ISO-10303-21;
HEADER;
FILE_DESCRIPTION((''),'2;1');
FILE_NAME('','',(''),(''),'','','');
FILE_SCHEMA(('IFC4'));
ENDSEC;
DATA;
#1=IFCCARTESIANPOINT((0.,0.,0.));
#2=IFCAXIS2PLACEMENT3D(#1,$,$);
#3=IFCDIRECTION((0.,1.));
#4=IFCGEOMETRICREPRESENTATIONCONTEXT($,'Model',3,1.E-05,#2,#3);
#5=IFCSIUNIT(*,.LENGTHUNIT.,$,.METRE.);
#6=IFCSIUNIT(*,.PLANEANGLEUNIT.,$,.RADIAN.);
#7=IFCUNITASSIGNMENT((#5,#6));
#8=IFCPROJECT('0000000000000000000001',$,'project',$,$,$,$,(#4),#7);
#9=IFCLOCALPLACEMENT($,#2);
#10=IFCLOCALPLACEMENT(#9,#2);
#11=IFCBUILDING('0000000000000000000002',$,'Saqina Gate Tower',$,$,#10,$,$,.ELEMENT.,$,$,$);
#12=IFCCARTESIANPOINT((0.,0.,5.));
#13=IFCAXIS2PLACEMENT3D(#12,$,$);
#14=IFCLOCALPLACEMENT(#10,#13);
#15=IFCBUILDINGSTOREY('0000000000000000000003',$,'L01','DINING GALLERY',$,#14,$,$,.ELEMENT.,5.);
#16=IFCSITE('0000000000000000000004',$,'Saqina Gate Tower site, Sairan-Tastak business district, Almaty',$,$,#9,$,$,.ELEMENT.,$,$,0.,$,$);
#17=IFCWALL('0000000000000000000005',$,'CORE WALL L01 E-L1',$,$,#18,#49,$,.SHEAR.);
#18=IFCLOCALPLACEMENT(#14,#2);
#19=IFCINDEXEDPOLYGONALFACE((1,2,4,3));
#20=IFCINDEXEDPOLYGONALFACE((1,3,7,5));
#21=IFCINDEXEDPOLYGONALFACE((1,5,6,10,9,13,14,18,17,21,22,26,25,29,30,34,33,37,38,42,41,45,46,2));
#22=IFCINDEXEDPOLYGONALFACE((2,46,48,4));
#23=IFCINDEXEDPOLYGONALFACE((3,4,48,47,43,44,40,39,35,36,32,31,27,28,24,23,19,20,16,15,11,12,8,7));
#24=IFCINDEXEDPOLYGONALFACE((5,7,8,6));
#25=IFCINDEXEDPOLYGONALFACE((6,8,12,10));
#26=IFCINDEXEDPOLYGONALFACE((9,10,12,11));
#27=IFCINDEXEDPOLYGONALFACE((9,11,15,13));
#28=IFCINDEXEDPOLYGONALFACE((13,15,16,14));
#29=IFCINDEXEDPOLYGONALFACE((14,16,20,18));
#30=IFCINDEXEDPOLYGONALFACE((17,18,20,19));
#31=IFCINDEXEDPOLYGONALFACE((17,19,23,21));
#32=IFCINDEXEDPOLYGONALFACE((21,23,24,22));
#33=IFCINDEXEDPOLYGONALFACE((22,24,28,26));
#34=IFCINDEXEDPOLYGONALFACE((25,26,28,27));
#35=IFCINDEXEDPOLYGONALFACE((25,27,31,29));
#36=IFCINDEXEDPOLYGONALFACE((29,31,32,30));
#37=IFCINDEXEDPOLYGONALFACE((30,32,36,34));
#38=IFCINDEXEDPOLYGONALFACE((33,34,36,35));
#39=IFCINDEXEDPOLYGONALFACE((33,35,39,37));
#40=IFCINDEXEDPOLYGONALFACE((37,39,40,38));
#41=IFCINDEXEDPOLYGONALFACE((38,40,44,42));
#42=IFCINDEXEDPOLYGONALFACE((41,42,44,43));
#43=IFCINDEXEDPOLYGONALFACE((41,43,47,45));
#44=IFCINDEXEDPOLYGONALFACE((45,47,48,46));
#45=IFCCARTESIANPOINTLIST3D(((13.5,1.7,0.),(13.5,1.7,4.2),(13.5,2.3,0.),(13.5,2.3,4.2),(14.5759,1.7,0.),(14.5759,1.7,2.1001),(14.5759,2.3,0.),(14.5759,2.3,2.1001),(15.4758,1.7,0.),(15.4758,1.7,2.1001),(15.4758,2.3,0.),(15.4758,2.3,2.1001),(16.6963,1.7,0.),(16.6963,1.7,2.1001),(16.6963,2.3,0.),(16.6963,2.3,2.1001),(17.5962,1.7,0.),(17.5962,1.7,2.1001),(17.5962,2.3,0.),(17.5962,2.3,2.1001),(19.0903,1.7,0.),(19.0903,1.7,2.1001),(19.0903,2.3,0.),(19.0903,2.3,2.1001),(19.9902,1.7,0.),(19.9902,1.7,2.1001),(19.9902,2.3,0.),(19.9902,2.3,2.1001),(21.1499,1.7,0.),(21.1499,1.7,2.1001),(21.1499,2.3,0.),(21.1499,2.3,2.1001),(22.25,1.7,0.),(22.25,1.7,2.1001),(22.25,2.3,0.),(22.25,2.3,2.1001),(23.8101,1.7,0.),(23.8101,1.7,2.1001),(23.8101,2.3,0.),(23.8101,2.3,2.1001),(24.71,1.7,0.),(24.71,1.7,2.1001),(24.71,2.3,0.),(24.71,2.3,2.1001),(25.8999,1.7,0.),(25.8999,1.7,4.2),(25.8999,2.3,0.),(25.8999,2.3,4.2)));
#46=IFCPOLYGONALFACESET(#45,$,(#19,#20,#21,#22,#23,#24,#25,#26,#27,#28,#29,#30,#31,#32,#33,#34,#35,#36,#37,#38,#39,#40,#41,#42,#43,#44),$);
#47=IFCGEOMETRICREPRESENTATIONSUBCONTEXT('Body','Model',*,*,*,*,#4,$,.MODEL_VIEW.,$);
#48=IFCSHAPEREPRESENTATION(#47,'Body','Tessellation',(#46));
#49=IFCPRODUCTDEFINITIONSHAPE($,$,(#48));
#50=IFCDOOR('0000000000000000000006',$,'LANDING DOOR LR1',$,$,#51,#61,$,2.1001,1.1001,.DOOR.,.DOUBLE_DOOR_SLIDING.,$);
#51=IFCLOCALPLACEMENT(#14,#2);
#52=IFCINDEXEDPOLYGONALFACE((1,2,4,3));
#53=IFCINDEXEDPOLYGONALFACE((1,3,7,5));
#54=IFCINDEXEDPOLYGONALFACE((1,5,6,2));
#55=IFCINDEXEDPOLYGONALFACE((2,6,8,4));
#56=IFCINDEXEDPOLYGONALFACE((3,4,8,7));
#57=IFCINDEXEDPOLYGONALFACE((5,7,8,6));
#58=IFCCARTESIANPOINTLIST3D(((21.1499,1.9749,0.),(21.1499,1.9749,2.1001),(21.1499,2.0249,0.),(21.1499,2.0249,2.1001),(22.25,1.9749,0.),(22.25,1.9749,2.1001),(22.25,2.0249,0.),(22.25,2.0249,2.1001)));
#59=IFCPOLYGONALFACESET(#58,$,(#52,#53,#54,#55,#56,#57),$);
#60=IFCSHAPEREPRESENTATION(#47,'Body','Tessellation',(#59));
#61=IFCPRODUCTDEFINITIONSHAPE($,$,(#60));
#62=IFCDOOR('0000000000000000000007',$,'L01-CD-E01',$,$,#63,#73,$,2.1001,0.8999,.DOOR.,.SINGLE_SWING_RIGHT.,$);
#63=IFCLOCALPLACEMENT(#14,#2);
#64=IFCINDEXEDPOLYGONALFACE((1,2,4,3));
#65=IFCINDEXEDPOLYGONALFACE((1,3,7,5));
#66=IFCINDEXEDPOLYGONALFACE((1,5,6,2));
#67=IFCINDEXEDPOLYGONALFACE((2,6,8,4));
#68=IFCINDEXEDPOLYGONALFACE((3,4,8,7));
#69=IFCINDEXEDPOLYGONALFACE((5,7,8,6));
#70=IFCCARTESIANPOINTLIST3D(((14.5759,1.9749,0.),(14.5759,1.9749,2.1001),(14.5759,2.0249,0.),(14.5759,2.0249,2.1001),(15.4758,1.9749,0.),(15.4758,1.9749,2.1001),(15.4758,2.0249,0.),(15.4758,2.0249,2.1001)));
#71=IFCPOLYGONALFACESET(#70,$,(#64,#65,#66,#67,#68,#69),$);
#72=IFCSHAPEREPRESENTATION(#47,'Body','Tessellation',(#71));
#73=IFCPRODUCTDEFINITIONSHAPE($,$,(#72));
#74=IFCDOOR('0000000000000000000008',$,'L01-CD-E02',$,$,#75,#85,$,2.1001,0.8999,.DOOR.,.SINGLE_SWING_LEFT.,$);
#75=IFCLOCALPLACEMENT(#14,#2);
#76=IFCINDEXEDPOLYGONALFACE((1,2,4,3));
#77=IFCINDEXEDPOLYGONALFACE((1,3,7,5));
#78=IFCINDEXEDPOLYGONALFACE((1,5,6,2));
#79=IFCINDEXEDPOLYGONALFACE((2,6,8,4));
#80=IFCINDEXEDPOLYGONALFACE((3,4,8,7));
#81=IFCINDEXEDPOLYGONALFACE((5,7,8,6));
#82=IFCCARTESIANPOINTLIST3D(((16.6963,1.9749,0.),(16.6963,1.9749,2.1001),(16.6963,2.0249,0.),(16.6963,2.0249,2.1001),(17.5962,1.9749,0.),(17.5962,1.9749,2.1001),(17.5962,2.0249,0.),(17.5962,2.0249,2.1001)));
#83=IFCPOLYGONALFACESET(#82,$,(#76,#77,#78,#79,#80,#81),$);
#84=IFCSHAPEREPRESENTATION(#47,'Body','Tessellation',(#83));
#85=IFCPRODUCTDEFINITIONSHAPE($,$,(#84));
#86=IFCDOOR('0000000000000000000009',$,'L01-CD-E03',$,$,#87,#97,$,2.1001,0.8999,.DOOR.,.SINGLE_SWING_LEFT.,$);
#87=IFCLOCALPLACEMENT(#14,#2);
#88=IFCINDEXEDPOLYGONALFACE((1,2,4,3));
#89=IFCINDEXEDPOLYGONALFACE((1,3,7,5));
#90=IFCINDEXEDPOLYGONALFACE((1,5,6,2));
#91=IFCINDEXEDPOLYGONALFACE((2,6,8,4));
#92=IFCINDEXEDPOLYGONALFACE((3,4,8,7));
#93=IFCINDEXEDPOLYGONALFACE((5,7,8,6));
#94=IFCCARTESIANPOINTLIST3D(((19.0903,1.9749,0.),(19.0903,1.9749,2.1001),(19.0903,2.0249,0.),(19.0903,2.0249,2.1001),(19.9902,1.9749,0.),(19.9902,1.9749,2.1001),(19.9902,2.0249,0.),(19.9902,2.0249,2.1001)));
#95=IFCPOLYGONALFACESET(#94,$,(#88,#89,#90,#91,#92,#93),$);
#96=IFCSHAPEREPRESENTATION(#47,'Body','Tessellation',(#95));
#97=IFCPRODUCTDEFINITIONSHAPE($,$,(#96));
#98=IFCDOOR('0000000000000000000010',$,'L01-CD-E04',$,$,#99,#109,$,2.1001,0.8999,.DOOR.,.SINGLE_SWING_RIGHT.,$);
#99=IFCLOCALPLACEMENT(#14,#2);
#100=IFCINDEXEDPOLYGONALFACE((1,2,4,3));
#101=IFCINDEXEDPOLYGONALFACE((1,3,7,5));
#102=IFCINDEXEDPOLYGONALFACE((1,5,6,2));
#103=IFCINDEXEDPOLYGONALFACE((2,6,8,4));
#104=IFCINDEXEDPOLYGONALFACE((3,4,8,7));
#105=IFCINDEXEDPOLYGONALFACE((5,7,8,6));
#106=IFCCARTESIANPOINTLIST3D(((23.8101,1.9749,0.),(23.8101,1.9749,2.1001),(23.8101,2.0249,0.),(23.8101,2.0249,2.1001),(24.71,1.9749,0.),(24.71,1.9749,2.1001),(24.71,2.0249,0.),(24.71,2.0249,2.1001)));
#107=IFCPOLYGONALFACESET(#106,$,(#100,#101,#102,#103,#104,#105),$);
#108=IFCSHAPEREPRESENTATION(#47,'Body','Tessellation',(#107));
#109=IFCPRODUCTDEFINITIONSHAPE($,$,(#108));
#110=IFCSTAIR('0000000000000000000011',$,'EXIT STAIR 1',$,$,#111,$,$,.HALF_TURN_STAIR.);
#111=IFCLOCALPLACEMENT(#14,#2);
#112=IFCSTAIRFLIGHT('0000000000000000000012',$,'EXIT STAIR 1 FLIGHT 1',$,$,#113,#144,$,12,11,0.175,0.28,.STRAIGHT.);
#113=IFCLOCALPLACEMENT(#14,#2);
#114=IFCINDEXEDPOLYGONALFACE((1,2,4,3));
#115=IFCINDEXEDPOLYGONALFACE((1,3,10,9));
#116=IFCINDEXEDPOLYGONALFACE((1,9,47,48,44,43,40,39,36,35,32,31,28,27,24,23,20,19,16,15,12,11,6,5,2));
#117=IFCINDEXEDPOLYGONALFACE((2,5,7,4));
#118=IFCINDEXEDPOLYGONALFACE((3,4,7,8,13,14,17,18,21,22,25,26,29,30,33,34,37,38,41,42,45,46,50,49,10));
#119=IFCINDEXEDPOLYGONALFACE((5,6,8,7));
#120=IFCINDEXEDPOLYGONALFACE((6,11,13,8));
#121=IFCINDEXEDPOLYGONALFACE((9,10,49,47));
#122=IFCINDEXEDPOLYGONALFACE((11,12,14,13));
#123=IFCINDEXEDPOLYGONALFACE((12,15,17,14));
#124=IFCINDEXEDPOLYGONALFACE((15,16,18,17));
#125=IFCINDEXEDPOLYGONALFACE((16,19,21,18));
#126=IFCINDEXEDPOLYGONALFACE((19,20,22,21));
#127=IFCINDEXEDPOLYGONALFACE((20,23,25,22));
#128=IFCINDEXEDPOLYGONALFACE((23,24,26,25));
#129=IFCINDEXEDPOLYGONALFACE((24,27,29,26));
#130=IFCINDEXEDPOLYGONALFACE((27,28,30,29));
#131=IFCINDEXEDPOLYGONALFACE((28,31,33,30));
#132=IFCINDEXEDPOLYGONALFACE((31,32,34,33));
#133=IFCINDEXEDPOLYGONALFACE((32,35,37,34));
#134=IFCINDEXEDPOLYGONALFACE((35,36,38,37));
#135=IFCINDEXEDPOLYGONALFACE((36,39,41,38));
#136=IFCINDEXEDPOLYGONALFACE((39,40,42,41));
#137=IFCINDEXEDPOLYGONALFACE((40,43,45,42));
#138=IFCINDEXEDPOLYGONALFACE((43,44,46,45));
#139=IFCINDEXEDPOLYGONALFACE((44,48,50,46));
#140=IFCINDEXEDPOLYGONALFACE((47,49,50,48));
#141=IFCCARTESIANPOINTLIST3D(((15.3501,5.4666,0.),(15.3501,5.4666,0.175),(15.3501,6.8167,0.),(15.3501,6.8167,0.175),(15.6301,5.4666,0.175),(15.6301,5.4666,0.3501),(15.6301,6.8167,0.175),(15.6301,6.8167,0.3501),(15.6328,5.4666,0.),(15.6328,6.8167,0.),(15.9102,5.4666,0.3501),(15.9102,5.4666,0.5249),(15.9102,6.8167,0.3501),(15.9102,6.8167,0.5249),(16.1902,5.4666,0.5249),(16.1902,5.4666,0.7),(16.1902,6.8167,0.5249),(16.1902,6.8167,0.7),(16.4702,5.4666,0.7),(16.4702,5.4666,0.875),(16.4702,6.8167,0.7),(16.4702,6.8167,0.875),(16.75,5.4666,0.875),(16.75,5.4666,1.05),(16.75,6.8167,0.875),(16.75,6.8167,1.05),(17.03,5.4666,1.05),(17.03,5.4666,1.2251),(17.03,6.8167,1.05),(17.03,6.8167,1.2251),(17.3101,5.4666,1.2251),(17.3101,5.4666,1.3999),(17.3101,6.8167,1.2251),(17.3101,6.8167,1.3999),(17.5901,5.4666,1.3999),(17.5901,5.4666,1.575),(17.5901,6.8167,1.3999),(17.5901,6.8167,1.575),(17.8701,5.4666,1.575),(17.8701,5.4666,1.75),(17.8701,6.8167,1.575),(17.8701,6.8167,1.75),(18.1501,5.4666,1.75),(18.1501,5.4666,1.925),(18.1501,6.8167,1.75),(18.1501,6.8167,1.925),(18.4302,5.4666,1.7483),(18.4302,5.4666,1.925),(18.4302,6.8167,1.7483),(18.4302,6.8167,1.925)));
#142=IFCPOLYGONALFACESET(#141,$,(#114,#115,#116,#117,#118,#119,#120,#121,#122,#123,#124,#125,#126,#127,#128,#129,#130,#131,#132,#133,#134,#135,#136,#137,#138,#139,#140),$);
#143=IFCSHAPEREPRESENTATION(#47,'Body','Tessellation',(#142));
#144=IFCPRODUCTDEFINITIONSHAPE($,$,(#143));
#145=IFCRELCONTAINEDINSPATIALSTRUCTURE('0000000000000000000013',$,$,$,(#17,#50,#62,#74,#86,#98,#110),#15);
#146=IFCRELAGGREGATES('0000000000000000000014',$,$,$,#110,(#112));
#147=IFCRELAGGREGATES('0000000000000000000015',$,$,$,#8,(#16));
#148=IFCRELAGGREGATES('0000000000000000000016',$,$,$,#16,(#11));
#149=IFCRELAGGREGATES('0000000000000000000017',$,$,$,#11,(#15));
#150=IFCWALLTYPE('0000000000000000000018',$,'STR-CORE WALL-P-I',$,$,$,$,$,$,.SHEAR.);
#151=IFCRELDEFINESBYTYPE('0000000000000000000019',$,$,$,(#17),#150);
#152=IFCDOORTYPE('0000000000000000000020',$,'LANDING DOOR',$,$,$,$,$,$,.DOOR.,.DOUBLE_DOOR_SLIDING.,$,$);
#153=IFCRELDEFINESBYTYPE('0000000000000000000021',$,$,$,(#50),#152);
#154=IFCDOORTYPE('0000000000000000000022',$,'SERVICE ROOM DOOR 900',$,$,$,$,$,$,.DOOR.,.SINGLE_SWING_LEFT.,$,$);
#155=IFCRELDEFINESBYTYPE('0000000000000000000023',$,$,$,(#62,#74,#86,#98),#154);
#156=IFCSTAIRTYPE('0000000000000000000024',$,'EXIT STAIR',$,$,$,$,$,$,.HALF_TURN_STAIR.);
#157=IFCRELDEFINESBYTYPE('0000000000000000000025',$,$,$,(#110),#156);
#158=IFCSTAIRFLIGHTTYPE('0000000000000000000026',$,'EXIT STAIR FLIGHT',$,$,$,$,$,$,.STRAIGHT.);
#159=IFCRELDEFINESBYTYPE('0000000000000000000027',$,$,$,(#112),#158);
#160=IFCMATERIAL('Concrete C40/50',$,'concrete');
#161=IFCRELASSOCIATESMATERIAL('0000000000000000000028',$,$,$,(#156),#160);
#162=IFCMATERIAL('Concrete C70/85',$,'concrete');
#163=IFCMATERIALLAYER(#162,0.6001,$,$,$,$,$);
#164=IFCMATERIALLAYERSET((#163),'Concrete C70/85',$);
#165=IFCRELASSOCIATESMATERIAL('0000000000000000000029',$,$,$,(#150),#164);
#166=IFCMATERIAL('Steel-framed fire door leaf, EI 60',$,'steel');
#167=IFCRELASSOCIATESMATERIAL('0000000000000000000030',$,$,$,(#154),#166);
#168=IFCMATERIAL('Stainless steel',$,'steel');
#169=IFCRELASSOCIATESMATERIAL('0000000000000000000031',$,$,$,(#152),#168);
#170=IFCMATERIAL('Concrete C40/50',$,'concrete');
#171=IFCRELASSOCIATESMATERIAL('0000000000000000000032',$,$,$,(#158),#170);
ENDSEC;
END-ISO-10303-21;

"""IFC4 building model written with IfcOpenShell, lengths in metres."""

from ifc_helpers import new_model, si_unit, direction, frame, frame_2d, origin, place, context, subcontext, project, spatial, polyline, rectangle, outline, extrude, material, layer, layer_set, type_object, element, fill, aggregate, save


model = new_model("IFC4")

# Units and contexts
model_context = context("Model", 3, precision=1e-05, world=origin(), true_north=direction((0.0, 1.0)))
body_context = subcontext(model_context, "Body", "Model", "MODEL_VIEW")
ifc_project = project(units=[si_unit("LENGTHUNIT", "METRE"), si_unit("PLANEANGLEUNIT", "RADIAN")], contexts=[model_context])

# Site, building, storey
site_placement = place(None, origin())
site = spatial("IfcSite", under=ifc_project, at=site_placement, Name="Saqina Gate Tower site, Sairan-Tastak business district, Almaty", CompositionType="ELEMENT", RefElevation=0.0)
building_placement = place(site_placement, origin())
building = spatial("IfcBuilding", under=site, at=building_placement, Name="Saqina Gate Tower", CompositionType="ELEMENT")
storey_placement = place(building_placement, frame((0.0, 0.0, 5.0)))
storey = spatial("IfcBuildingStorey", under=building, at=storey_placement, Name="L01", Description="DINING GALLERY", CompositionType="ELEMENT", Elevation=5.0)

# Shared definitions
ifc_material_1 = material(Name="Concrete C40/50", Category="concrete")
stair_type = type_object("IfcStairType", Name="EXIT STAIR", PredefinedType="HALF_TURN_STAIR", material=ifc_material_1)

# Shared definitions
ifc_material_2 = material(Name="Concrete C70/85", Category="concrete")
ifc_layer_1 = layer(ifc_material_2, 0.6001)
ifc_layer_set_1 = layer_set([ifc_layer_1], Name="Concrete C70/85")
wall_type_1 = type_object("IfcWallType", Name="STR-CORE WALL-P-I", PredefinedType="SHEAR", material=ifc_layer_set_1)
ifc_material_3 = material(Name="Steel-framed fire door leaf, EI 60", Category="steel")
door_type_1 = type_object("IfcDoorType", Name="SERVICE ROOM DOOR 900", OperationType="SINGLE_SWING_LEFT", PredefinedType="DOOR", material=ifc_material_3)

# Wall, openings, doors
wall_1_placement = place(storey_placement, frame((13.5, 2.0, 0.0), z_axis=(0.0, 0.0, 1.0), x_axis=(1.0, 0.0, 0.0)))
wall_1 = element("IfcWall", 1, at=wall_1_placement, inside=storey, type_object=wall_type_1, Name="CORE WALL L01 E-L1", PredefinedType="SHEAR", context=body_context, shape_type="SweptSolid", body=[
    extrude(rectangle(XDim=12.3999, YDim=0.6001, at=frame_2d((6.2, 0.0))), origin(), (0.0, 0.0, 1.0), 4.2),
])
opening_1_placement = place(wall_1_placement, frame((7.6499, 0.0, 0.0)))
opening_1 = element("IfcOpeningElement", 2, at=opening_1_placement, cuts=wall_1, PredefinedType="OPENING", context=body_context, shape_type="SweptSolid", body=[
    extrude(rectangle(XDim=1.1001, YDim=2.1001, at=frame_2d((0.55, 1.05))), frame((0.0, 0.312, 0.0), z_axis=(0.0, -1.0, 0.0), x_axis=(1.0, 0.0, 0.0)), (0.0, 0.0, 1.0), 0.624),
])
opening_2_placement = place(wall_1_placement, frame((1.0759, 0.0, 0.0)))
opening_2 = element("IfcOpeningElement", 3, at=opening_2_placement, cuts=wall_1, PredefinedType="OPENING", context=body_context, shape_type="SweptSolid", body=[
    extrude(rectangle(XDim=0.8999, YDim=2.1001, at=frame_2d((0.45, 1.05))), frame((0.0, 0.312, 0.0), z_axis=(0.0, -1.0, 0.0), x_axis=(1.0, 0.0, 0.0)), (0.0, 0.0, 1.0), 0.624),
])
opening_3_placement = place(wall_1_placement, frame((3.1963, 0.0, 0.0)))
opening_3 = element("IfcOpeningElement", 4, at=opening_3_placement, cuts=wall_1, PredefinedType="OPENING", context=body_context, shape_type="SweptSolid", body=[
    extrude(rectangle(XDim=0.8999, YDim=2.1001, at=frame_2d((0.45, 1.05))), frame((0.0, 0.312, 0.0), z_axis=(0.0, -1.0, 0.0), x_axis=(1.0, 0.0, 0.0)), (0.0, 0.0, 1.0), 0.624),
])
opening_4_placement = place(wall_1_placement, frame((5.5903, 0.0, 0.0)))
opening_4 = element("IfcOpeningElement", 5, at=opening_4_placement, cuts=wall_1, PredefinedType="OPENING", context=body_context, shape_type="SweptSolid", body=[
    extrude(rectangle(XDim=0.8999, YDim=2.1001, at=frame_2d((0.45, 1.05))), frame((0.0, 0.312, 0.0), z_axis=(0.0, -1.0, 0.0), x_axis=(1.0, 0.0, 0.0)), (0.0, 0.0, 1.0), 0.624),
])
opening_5_placement = place(wall_1_placement, frame((10.3101, 0.0, 0.0)))
opening_5 = element("IfcOpeningElement", 6, at=opening_5_placement, cuts=wall_1, PredefinedType="OPENING", context=body_context, shape_type="SweptSolid", body=[
    extrude(rectangle(XDim=0.8999, YDim=2.1001, at=frame_2d((0.45, 1.05))), frame((0.0, 0.312, 0.0), z_axis=(0.0, -1.0, 0.0), x_axis=(1.0, 0.0, 0.0)), (0.0, 0.0, 1.0), 0.624),
])
ifc_material_4 = material(Name="Stainless steel", Category="steel")
door_type_2 = type_object("IfcDoorType", Name="LANDING DOOR", OperationType="DOUBLE_DOOR_SLIDING", PredefinedType="DOOR", material=ifc_material_4)
door_1_placement = place(opening_1_placement, origin())
door_1 = element("IfcDoor", 7, at=door_1_placement, inside=storey, type_object=door_type_2, Name="LANDING DOOR LR1", OperationType="DOUBLE_DOOR_SLIDING", OverallHeight=2.1001, OverallWidth=1.1001, PredefinedType="DOOR", context=body_context, shape_type="SweptSolid", body=[
    extrude(rectangle(XDim=1.1001, YDim=2.1001, at=frame_2d((0.55, 1.05))), frame((0.0, 0.0249, 0.0), z_axis=(0.0, -1.0, 0.0), x_axis=(1.0, 0.0, 0.0)), (0.0, 0.0, 1.0), 0.05),
])
fill(opening_1, door_1)
door_2_placement = place(opening_2_placement, origin())
door_2 = element("IfcDoor", 8, at=door_2_placement, inside=storey, type_object=door_type_1, Name="L01-CD-E01", OperationType="SINGLE_SWING_RIGHT", OverallHeight=2.1001, OverallWidth=0.8999, PredefinedType="DOOR", context=body_context, shape_type="SweptSolid", body=[
    extrude(rectangle(XDim=0.8999, YDim=2.1001, at=frame_2d((0.45, 1.05))), frame((0.0, 0.0249, 0.0), z_axis=(0.0, -1.0, 0.0), x_axis=(1.0, 0.0, 0.0)), (0.0, 0.0, 1.0), 0.05),
])
fill(opening_2, door_2)
door_3_placement = place(opening_3_placement, origin())
door_3 = element("IfcDoor", 9, at=door_3_placement, inside=storey, type_object=door_type_1, Name="L01-CD-E02", OperationType="SINGLE_SWING_LEFT", OverallHeight=2.1001, OverallWidth=0.8999, PredefinedType="DOOR", context=body_context, shape_type="SweptSolid", body=[
    extrude(rectangle(XDim=0.8999, YDim=2.1001, at=frame_2d((0.45, 1.05))), frame((0.0, 0.0249, 0.0), z_axis=(0.0, -1.0, 0.0), x_axis=(1.0, 0.0, 0.0)), (0.0, 0.0, 1.0), 0.05),
])
fill(opening_3, door_3)
door_4_placement = place(opening_4_placement, origin())
door_4 = element("IfcDoor", 10, at=door_4_placement, inside=storey, type_object=door_type_1, Name="L01-CD-E03", OperationType="SINGLE_SWING_LEFT", OverallHeight=2.1001, OverallWidth=0.8999, PredefinedType="DOOR", context=body_context, shape_type="SweptSolid", body=[
    extrude(rectangle(XDim=0.8999, YDim=2.1001, at=frame_2d((0.45, 1.05))), frame((0.0, 0.0249, 0.0), z_axis=(0.0, -1.0, 0.0), x_axis=(1.0, 0.0, 0.0)), (0.0, 0.0, 1.0), 0.05),
])
fill(opening_4, door_4)
door_5_placement = place(opening_5_placement, origin())
door_5 = element("IfcDoor", 11, at=door_5_placement, inside=storey, type_object=door_type_1, Name="L01-CD-E04", OperationType="SINGLE_SWING_RIGHT", OverallHeight=2.1001, OverallWidth=0.8999, PredefinedType="DOOR", context=body_context, shape_type="SweptSolid", body=[
    extrude(rectangle(XDim=0.8999, YDim=2.1001, at=frame_2d((0.45, 1.05))), frame((0.0, 0.0249, 0.0), z_axis=(0.0, -1.0, 0.0), x_axis=(1.0, 0.0, 0.0)), (0.0, 0.0, 1.0), 0.05),
])
fill(opening_5, door_5)

# Stair, stair flight
stair_1_placement = place(storey_placement, origin())
stair_1 = element("IfcStair", 12, at=stair_1_placement, inside=storey, type_object=stair_type, Name="EXIT STAIR 1", PredefinedType="HALF_TURN_STAIR")
ifc_material_5 = material(Name="Concrete C40/50", Category="concrete")
stair_flight_type = type_object("IfcStairFlightType", Name="EXIT STAIR FLIGHT", PredefinedType="STRAIGHT", material=ifc_material_5)
stair_flight_placement = place(storey_placement, frame((15.3501, 6.1416, 0.0), z_axis=(0.0, 0.0, 1.0), x_axis=(1.0, 0.0, 0.0)))
stair_flight = element("IfcStairFlight", 13, at=stair_flight_placement, type_object=stair_flight_type, Name="EXIT STAIR 1 FLIGHT 1", NumberOfRisers=12, NumberOfTreads=11, PredefinedType="STRAIGHT", RiserHeight=0.175, TreadLength=0.28, context=body_context, shape_type="SweptSolid", body=[
    extrude(outline(polyline([(0.0, 0.0), (0.0, 0.175), (0.28, 0.175), (0.28, 0.3501), (0.5601, 0.3501), (0.5601, 0.5249), (0.8401, 0.5249), (0.8401, 0.7), (1.1201, 0.7), (1.1201, 0.875), (1.3999, 0.875), (1.3999, 1.05), (1.6799, 1.05), (1.6799, 1.2251), (1.96, 1.2251), (1.96, 1.3999), (2.24, 1.3999), (2.24, 1.575), (2.52, 1.575), (2.52, 1.75), (2.8, 1.75), (2.8, 1.925), (3.0801, 1.925), (3.0801, 2.1001), (3.0801, 1.7483), (0.2827, 0.0), (0.0, 0.0)])), frame((0.0, 0.675, 0.0), z_axis=(0.0, -1.0, 0.0), x_axis=(1.0, 0.0, 0.0)), (0.0, 0.0, 1.0), 1.3501),
])
aggregate(stair_1, [stair_flight])

save(model, "model.ifc")
